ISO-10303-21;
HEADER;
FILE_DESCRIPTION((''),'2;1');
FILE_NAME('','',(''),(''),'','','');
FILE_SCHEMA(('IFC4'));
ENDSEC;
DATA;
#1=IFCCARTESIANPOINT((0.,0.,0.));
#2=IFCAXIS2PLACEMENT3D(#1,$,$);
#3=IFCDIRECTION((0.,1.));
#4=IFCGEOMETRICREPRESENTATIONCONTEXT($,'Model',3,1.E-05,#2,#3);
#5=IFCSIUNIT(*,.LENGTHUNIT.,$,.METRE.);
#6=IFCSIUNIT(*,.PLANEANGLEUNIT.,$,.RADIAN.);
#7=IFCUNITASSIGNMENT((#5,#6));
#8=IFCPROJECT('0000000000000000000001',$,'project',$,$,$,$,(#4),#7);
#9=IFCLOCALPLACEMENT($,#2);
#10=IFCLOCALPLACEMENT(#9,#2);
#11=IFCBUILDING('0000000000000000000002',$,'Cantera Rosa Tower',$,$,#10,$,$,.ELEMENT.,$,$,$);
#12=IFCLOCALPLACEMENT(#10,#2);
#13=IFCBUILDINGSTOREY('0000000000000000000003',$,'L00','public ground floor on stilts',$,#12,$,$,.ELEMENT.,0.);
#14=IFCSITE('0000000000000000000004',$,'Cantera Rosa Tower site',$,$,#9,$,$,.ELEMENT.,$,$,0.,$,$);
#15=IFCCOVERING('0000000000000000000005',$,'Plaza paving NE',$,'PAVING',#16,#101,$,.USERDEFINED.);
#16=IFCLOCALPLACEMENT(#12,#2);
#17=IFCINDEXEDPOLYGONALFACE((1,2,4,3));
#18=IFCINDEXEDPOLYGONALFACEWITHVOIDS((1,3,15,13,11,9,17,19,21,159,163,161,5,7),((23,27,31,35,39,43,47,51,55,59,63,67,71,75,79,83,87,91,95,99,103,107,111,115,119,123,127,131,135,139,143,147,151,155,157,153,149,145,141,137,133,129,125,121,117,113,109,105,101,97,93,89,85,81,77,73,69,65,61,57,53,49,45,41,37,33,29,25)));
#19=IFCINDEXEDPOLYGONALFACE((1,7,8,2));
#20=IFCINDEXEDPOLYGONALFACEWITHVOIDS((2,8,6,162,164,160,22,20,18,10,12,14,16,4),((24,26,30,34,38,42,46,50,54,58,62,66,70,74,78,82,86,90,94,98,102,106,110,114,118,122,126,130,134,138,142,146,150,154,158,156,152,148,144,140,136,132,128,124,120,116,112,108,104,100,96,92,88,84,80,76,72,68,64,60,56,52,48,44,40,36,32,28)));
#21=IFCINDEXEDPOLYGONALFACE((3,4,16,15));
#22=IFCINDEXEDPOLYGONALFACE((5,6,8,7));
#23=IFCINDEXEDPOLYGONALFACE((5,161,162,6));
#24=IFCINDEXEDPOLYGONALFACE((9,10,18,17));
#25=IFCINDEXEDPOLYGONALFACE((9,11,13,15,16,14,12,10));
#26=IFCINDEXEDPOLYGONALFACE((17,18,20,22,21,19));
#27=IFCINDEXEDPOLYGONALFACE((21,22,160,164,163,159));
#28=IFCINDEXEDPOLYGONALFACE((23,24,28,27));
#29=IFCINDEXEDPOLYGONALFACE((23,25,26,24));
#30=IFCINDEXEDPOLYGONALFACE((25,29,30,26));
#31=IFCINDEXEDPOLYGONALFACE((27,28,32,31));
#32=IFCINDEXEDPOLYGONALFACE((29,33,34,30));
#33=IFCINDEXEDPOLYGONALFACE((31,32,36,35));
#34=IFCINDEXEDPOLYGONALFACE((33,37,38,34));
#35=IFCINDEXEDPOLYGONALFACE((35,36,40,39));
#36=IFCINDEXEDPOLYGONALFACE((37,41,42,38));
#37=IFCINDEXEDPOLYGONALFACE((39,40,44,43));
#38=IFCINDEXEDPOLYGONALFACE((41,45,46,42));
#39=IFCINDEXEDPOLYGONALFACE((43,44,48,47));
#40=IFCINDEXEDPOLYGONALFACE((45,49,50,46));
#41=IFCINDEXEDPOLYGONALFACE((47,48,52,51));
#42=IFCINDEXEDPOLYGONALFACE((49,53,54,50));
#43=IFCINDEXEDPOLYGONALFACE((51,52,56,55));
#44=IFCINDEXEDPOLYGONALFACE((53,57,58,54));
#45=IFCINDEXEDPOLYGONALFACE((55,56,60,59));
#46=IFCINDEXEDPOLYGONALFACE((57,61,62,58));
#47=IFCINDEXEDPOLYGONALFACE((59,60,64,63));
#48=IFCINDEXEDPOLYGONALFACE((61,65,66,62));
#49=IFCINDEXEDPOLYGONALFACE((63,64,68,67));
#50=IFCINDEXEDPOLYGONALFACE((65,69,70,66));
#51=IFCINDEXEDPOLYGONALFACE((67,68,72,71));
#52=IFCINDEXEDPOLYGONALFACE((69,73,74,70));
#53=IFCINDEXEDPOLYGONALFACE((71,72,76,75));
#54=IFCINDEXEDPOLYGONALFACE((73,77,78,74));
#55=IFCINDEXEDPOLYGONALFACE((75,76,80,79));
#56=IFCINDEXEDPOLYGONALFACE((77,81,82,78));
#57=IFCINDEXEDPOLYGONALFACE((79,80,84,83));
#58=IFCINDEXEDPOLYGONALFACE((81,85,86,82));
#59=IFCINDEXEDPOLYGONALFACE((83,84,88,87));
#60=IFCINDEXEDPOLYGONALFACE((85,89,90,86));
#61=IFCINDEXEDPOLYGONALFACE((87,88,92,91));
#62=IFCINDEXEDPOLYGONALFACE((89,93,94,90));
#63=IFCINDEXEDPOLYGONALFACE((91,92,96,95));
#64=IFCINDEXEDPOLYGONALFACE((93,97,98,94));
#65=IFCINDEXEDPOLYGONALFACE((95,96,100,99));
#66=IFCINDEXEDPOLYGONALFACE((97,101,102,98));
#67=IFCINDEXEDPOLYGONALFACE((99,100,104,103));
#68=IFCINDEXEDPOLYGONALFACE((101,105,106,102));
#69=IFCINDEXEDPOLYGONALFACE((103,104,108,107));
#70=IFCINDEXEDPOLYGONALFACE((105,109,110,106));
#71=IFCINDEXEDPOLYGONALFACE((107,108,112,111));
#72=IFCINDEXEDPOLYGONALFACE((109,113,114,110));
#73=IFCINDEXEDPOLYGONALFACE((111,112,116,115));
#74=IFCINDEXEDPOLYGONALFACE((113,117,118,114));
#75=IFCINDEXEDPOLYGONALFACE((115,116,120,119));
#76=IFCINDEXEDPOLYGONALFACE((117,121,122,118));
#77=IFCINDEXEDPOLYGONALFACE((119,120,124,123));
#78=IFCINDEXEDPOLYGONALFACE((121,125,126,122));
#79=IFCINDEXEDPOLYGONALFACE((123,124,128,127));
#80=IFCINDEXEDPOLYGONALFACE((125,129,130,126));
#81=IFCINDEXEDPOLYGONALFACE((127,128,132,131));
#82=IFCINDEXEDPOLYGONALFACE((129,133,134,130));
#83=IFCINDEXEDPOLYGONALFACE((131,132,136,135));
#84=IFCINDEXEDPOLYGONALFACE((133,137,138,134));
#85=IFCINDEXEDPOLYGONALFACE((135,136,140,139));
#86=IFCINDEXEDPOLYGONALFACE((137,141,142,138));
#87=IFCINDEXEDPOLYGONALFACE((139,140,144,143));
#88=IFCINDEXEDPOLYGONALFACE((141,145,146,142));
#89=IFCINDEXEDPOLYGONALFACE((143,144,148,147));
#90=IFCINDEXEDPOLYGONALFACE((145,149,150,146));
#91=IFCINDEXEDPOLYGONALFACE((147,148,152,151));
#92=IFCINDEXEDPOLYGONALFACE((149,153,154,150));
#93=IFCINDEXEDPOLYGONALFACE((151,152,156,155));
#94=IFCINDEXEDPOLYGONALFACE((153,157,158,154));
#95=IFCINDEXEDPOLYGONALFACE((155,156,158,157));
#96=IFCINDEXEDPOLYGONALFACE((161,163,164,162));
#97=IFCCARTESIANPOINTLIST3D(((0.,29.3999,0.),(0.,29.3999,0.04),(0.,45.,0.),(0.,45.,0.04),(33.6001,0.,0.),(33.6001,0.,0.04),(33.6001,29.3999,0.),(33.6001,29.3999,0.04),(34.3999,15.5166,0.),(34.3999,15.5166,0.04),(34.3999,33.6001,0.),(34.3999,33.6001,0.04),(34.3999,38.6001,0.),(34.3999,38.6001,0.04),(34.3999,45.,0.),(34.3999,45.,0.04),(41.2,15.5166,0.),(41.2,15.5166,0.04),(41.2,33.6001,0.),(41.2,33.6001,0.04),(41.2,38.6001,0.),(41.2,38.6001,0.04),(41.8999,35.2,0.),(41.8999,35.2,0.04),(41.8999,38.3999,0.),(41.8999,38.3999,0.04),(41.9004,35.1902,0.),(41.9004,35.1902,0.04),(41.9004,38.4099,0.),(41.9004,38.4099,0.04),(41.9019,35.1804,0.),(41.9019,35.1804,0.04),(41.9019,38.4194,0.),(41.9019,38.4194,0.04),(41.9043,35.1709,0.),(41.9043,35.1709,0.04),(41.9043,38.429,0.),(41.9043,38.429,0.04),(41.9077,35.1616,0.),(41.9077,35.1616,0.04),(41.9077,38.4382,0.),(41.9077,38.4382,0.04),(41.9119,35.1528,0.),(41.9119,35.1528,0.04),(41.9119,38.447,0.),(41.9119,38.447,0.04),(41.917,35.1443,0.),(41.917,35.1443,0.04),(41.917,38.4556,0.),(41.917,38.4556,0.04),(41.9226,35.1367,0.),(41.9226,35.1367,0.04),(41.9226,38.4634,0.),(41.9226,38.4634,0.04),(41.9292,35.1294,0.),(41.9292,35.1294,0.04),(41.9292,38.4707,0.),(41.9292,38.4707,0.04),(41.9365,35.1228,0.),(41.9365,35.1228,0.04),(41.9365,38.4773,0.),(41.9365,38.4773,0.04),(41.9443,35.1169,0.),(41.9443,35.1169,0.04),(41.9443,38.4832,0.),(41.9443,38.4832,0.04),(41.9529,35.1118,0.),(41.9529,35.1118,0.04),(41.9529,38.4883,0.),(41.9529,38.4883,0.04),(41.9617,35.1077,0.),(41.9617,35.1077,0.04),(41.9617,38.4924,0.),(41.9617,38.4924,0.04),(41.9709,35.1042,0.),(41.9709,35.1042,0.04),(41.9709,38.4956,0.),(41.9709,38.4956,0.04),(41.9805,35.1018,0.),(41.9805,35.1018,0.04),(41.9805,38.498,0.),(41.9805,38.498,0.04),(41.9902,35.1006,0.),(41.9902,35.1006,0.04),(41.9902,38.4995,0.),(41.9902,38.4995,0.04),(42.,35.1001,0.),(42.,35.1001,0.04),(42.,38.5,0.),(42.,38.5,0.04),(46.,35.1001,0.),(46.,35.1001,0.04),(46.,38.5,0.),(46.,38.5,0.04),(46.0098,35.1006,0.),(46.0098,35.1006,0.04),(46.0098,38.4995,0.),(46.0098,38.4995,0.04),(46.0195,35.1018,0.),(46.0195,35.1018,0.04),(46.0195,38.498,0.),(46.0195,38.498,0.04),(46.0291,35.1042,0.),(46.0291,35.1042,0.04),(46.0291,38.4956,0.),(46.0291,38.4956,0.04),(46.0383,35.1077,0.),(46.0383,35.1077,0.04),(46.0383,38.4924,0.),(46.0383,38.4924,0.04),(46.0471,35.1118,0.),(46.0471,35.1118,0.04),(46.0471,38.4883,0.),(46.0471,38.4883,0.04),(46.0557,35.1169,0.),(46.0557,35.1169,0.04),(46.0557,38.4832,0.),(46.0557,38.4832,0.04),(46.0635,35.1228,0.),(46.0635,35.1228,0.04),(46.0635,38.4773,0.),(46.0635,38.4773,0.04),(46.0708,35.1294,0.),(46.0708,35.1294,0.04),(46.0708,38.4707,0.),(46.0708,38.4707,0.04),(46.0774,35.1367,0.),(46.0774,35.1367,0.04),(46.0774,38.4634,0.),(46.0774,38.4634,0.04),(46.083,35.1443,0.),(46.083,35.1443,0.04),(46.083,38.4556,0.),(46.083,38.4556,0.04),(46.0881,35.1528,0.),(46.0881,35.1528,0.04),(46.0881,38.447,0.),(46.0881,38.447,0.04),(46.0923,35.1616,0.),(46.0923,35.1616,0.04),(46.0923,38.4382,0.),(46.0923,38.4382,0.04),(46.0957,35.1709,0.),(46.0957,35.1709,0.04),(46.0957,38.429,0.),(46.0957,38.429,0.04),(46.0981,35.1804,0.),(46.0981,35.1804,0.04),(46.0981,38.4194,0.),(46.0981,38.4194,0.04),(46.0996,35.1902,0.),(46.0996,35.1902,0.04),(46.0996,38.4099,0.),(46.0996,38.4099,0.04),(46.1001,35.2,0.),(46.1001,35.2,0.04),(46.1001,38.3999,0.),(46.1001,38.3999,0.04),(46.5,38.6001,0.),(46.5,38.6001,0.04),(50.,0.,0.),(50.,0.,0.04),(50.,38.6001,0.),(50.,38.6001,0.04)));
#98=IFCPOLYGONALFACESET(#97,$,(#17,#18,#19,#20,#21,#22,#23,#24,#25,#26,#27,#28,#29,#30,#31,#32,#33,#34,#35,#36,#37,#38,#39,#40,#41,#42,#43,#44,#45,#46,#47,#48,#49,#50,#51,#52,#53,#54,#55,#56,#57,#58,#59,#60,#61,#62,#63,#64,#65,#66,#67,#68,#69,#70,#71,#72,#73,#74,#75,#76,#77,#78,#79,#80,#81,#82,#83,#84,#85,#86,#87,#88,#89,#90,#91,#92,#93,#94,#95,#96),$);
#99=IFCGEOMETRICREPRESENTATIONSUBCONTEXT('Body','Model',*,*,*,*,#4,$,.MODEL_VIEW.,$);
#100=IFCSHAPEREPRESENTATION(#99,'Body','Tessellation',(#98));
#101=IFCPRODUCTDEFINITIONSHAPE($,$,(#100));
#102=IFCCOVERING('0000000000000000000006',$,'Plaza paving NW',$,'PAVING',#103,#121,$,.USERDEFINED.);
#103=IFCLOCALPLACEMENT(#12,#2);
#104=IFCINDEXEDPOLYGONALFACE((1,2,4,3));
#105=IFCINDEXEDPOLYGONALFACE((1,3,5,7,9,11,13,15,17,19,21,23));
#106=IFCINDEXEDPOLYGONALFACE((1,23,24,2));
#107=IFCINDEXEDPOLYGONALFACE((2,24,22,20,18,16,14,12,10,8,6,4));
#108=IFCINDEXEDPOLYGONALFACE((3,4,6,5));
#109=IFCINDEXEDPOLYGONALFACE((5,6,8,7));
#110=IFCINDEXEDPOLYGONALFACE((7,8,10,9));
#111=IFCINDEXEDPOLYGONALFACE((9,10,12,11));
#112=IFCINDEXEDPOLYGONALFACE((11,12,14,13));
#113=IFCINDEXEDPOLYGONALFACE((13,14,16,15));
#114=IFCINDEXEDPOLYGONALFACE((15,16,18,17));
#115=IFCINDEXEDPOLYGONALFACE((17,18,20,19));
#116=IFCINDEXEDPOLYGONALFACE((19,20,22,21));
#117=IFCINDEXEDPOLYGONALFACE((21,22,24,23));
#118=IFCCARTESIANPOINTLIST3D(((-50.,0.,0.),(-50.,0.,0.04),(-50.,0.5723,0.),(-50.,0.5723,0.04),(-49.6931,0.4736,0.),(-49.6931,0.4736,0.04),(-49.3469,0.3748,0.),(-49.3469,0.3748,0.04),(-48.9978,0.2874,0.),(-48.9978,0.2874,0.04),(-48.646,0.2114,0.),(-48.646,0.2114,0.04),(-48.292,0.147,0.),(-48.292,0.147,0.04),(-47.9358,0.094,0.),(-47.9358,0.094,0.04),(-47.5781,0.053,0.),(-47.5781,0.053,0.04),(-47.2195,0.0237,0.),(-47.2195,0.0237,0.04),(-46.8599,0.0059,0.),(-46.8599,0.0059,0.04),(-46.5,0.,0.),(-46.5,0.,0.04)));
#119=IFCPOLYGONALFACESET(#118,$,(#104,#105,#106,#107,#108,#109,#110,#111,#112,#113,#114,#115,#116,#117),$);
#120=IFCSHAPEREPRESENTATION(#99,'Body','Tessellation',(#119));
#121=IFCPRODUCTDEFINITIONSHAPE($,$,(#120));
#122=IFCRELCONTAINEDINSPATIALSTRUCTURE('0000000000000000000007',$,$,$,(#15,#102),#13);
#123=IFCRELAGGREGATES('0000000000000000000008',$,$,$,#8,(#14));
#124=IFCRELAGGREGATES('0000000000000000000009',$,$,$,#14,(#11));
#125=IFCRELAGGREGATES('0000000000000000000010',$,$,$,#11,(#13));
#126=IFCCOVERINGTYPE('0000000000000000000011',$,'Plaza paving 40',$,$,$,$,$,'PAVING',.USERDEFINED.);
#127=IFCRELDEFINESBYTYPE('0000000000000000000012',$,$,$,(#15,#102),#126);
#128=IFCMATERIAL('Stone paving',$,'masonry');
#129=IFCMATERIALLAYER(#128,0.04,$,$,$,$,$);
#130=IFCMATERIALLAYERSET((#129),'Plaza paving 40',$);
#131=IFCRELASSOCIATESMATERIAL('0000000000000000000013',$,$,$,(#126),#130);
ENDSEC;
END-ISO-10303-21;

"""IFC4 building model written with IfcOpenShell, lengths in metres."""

from ifc_helpers import new_model, si_unit, direction, origin, place, context, subcontext, project, spatial, polyline, outline, extrude, material, layer, layer_set, type_object, element, save


model = new_model("IFC4")

# Units and contexts
model_context = context("Model", 3, precision=1e-05, world=origin(), true_north=direction((0.0, 1.0)))
body_context = subcontext(model_context, "Body", "Model", "MODEL_VIEW")
ifc_project = project(units=[si_unit("LENGTHUNIT", "METRE"), si_unit("PLANEANGLEUNIT", "RADIAN")], contexts=[model_context])

# Site, building, storey
site_placement = place(None, origin())
site = spatial("IfcSite", under=ifc_project, at=site_placement, Name="Cantera Rosa Tower site", CompositionType="ELEMENT", RefElevation=0.0)
building_placement = place(site_placement, origin())
building = spatial("IfcBuilding", under=site, at=building_placement, Name="Cantera Rosa Tower", CompositionType="ELEMENT")
storey_placement = place(building_placement, origin())
storey = spatial("IfcBuildingStorey", under=building, at=storey_placement, Name="L00", Description="public ground floor on stilts", CompositionType="ELEMENT", Elevation=0.0)

# Coverings
ifc_material_1 = material(Name="Stone paving", Category="masonry")
ifc_layer_1 = layer(ifc_material_1, 0.04)
ifc_layer_set_1 = layer_set([ifc_layer_1], Name="Plaza paving 40")
covering_type = type_object("IfcCoveringType", Name="Plaza paving 40", ElementType="PAVING", PredefinedType="USERDEFINED", material=ifc_layer_set_1)
covering_1_placement = place(storey_placement, origin())
element("IfcCovering", 1, at=covering_1_placement, inside=storey, type_object=covering_type, Name="Plaza paving NE", ObjectType="PAVING", PredefinedType="USERDEFINED", context=body_context, shape_type="SweptSolid", body=[
    extrude(outline(polyline([(34.3999, 45.0), (0.0, 45.0), (0.0, 29.3999), (33.6001, 29.3999), (33.6001, 0.0), (50.0, 0.0), (50.0, 38.6001), (46.5, 38.6001), (41.2, 38.6001), (41.2, 33.6001), (41.2, 15.5166), (34.3999, 15.5166), (34.3999, 33.6001), (34.3999, 38.6001), (34.3999, 45.0)]), holes=[polyline([(41.9902, 35.1006), (42.0, 35.1001), (46.0, 35.1001), (46.0098, 35.1006), (46.0195, 35.1018), (46.0291, 35.1042), (46.0383, 35.1077), (46.0471, 35.1118), (46.0557, 35.1169), (46.0635, 35.1228), (46.0708, 35.1294), (46.0774, 35.1367), (46.083, 35.1443), (46.0881, 35.1528), (46.0923, 35.1616), (46.0957, 35.1709), (46.0981, 35.1804), (46.0996, 35.1902), (46.1001, 35.2), (46.1001, 38.3999), (46.0996, 38.4099), (46.0981, 38.4194), (46.0957, 38.429), (46.0923, 38.4382), (46.0881, 38.447), (46.083, 38.4556), (46.0774, 38.4634), (46.0708, 38.4707), (46.0635, 38.4773), (46.0557, 38.4832), (46.0471, 38.4883), (46.0383, 38.4924), (46.0291, 38.4956), (46.0195, 38.498), (46.0098, 38.4995), (46.0, 38.5), (42.0, 38.5), (41.9902, 38.4995), (41.9805, 38.498), (41.9709, 38.4956), (41.9617, 38.4924), (41.9529, 38.4883), (41.9443, 38.4832), (41.9365, 38.4773), (41.9292, 38.4707), (41.9226, 38.4634), (41.917, 38.4556), (41.9119, 38.447), (41.9077, 38.4382), (41.9043, 38.429), (41.9019, 38.4194), (41.9004, 38.4099), (41.8999, 38.3999), (41.8999, 35.2), (41.9004, 35.1902), (41.9019, 35.1804), (41.9043, 35.1709), (41.9077, 35.1616), (41.9119, 35.1528), (41.917, 35.1443), (41.9226, 35.1367), (41.9292, 35.1294), (41.9365, 35.1228), (41.9443, 35.1169), (41.9529, 35.1118), (41.9617, 35.1077), (41.9709, 35.1042), (41.9805, 35.1018), (41.9902, 35.1006)])]), origin(), (0.0, 0.0, 1.0), 0.04),
])
covering_2_placement = place(storey_placement, origin())
element("IfcCovering", 2, at=covering_2_placement, inside=storey, type_object=covering_type, Name="Plaza paving NW", ObjectType="PAVING", PredefinedType="USERDEFINED", context=body_context, shape_type="SweptSolid", body=[
    extrude(outline(polyline([(-49.6931, 0.4736), (-50.0, 0.5723), (-50.0, 0.0), (-46.5, 0.0), (-46.8599, 0.0059), (-47.2195, 0.0237), (-47.5781, 0.053), (-47.9358, 0.094), (-48.292, 0.147), (-48.646, 0.2114), (-48.9978, 0.2874), (-49.3469, 0.3748), (-49.6931, 0.4736)])), origin(), (0.0, 0.0, 1.0), 0.04),
])

save(model, "model.ifc")
